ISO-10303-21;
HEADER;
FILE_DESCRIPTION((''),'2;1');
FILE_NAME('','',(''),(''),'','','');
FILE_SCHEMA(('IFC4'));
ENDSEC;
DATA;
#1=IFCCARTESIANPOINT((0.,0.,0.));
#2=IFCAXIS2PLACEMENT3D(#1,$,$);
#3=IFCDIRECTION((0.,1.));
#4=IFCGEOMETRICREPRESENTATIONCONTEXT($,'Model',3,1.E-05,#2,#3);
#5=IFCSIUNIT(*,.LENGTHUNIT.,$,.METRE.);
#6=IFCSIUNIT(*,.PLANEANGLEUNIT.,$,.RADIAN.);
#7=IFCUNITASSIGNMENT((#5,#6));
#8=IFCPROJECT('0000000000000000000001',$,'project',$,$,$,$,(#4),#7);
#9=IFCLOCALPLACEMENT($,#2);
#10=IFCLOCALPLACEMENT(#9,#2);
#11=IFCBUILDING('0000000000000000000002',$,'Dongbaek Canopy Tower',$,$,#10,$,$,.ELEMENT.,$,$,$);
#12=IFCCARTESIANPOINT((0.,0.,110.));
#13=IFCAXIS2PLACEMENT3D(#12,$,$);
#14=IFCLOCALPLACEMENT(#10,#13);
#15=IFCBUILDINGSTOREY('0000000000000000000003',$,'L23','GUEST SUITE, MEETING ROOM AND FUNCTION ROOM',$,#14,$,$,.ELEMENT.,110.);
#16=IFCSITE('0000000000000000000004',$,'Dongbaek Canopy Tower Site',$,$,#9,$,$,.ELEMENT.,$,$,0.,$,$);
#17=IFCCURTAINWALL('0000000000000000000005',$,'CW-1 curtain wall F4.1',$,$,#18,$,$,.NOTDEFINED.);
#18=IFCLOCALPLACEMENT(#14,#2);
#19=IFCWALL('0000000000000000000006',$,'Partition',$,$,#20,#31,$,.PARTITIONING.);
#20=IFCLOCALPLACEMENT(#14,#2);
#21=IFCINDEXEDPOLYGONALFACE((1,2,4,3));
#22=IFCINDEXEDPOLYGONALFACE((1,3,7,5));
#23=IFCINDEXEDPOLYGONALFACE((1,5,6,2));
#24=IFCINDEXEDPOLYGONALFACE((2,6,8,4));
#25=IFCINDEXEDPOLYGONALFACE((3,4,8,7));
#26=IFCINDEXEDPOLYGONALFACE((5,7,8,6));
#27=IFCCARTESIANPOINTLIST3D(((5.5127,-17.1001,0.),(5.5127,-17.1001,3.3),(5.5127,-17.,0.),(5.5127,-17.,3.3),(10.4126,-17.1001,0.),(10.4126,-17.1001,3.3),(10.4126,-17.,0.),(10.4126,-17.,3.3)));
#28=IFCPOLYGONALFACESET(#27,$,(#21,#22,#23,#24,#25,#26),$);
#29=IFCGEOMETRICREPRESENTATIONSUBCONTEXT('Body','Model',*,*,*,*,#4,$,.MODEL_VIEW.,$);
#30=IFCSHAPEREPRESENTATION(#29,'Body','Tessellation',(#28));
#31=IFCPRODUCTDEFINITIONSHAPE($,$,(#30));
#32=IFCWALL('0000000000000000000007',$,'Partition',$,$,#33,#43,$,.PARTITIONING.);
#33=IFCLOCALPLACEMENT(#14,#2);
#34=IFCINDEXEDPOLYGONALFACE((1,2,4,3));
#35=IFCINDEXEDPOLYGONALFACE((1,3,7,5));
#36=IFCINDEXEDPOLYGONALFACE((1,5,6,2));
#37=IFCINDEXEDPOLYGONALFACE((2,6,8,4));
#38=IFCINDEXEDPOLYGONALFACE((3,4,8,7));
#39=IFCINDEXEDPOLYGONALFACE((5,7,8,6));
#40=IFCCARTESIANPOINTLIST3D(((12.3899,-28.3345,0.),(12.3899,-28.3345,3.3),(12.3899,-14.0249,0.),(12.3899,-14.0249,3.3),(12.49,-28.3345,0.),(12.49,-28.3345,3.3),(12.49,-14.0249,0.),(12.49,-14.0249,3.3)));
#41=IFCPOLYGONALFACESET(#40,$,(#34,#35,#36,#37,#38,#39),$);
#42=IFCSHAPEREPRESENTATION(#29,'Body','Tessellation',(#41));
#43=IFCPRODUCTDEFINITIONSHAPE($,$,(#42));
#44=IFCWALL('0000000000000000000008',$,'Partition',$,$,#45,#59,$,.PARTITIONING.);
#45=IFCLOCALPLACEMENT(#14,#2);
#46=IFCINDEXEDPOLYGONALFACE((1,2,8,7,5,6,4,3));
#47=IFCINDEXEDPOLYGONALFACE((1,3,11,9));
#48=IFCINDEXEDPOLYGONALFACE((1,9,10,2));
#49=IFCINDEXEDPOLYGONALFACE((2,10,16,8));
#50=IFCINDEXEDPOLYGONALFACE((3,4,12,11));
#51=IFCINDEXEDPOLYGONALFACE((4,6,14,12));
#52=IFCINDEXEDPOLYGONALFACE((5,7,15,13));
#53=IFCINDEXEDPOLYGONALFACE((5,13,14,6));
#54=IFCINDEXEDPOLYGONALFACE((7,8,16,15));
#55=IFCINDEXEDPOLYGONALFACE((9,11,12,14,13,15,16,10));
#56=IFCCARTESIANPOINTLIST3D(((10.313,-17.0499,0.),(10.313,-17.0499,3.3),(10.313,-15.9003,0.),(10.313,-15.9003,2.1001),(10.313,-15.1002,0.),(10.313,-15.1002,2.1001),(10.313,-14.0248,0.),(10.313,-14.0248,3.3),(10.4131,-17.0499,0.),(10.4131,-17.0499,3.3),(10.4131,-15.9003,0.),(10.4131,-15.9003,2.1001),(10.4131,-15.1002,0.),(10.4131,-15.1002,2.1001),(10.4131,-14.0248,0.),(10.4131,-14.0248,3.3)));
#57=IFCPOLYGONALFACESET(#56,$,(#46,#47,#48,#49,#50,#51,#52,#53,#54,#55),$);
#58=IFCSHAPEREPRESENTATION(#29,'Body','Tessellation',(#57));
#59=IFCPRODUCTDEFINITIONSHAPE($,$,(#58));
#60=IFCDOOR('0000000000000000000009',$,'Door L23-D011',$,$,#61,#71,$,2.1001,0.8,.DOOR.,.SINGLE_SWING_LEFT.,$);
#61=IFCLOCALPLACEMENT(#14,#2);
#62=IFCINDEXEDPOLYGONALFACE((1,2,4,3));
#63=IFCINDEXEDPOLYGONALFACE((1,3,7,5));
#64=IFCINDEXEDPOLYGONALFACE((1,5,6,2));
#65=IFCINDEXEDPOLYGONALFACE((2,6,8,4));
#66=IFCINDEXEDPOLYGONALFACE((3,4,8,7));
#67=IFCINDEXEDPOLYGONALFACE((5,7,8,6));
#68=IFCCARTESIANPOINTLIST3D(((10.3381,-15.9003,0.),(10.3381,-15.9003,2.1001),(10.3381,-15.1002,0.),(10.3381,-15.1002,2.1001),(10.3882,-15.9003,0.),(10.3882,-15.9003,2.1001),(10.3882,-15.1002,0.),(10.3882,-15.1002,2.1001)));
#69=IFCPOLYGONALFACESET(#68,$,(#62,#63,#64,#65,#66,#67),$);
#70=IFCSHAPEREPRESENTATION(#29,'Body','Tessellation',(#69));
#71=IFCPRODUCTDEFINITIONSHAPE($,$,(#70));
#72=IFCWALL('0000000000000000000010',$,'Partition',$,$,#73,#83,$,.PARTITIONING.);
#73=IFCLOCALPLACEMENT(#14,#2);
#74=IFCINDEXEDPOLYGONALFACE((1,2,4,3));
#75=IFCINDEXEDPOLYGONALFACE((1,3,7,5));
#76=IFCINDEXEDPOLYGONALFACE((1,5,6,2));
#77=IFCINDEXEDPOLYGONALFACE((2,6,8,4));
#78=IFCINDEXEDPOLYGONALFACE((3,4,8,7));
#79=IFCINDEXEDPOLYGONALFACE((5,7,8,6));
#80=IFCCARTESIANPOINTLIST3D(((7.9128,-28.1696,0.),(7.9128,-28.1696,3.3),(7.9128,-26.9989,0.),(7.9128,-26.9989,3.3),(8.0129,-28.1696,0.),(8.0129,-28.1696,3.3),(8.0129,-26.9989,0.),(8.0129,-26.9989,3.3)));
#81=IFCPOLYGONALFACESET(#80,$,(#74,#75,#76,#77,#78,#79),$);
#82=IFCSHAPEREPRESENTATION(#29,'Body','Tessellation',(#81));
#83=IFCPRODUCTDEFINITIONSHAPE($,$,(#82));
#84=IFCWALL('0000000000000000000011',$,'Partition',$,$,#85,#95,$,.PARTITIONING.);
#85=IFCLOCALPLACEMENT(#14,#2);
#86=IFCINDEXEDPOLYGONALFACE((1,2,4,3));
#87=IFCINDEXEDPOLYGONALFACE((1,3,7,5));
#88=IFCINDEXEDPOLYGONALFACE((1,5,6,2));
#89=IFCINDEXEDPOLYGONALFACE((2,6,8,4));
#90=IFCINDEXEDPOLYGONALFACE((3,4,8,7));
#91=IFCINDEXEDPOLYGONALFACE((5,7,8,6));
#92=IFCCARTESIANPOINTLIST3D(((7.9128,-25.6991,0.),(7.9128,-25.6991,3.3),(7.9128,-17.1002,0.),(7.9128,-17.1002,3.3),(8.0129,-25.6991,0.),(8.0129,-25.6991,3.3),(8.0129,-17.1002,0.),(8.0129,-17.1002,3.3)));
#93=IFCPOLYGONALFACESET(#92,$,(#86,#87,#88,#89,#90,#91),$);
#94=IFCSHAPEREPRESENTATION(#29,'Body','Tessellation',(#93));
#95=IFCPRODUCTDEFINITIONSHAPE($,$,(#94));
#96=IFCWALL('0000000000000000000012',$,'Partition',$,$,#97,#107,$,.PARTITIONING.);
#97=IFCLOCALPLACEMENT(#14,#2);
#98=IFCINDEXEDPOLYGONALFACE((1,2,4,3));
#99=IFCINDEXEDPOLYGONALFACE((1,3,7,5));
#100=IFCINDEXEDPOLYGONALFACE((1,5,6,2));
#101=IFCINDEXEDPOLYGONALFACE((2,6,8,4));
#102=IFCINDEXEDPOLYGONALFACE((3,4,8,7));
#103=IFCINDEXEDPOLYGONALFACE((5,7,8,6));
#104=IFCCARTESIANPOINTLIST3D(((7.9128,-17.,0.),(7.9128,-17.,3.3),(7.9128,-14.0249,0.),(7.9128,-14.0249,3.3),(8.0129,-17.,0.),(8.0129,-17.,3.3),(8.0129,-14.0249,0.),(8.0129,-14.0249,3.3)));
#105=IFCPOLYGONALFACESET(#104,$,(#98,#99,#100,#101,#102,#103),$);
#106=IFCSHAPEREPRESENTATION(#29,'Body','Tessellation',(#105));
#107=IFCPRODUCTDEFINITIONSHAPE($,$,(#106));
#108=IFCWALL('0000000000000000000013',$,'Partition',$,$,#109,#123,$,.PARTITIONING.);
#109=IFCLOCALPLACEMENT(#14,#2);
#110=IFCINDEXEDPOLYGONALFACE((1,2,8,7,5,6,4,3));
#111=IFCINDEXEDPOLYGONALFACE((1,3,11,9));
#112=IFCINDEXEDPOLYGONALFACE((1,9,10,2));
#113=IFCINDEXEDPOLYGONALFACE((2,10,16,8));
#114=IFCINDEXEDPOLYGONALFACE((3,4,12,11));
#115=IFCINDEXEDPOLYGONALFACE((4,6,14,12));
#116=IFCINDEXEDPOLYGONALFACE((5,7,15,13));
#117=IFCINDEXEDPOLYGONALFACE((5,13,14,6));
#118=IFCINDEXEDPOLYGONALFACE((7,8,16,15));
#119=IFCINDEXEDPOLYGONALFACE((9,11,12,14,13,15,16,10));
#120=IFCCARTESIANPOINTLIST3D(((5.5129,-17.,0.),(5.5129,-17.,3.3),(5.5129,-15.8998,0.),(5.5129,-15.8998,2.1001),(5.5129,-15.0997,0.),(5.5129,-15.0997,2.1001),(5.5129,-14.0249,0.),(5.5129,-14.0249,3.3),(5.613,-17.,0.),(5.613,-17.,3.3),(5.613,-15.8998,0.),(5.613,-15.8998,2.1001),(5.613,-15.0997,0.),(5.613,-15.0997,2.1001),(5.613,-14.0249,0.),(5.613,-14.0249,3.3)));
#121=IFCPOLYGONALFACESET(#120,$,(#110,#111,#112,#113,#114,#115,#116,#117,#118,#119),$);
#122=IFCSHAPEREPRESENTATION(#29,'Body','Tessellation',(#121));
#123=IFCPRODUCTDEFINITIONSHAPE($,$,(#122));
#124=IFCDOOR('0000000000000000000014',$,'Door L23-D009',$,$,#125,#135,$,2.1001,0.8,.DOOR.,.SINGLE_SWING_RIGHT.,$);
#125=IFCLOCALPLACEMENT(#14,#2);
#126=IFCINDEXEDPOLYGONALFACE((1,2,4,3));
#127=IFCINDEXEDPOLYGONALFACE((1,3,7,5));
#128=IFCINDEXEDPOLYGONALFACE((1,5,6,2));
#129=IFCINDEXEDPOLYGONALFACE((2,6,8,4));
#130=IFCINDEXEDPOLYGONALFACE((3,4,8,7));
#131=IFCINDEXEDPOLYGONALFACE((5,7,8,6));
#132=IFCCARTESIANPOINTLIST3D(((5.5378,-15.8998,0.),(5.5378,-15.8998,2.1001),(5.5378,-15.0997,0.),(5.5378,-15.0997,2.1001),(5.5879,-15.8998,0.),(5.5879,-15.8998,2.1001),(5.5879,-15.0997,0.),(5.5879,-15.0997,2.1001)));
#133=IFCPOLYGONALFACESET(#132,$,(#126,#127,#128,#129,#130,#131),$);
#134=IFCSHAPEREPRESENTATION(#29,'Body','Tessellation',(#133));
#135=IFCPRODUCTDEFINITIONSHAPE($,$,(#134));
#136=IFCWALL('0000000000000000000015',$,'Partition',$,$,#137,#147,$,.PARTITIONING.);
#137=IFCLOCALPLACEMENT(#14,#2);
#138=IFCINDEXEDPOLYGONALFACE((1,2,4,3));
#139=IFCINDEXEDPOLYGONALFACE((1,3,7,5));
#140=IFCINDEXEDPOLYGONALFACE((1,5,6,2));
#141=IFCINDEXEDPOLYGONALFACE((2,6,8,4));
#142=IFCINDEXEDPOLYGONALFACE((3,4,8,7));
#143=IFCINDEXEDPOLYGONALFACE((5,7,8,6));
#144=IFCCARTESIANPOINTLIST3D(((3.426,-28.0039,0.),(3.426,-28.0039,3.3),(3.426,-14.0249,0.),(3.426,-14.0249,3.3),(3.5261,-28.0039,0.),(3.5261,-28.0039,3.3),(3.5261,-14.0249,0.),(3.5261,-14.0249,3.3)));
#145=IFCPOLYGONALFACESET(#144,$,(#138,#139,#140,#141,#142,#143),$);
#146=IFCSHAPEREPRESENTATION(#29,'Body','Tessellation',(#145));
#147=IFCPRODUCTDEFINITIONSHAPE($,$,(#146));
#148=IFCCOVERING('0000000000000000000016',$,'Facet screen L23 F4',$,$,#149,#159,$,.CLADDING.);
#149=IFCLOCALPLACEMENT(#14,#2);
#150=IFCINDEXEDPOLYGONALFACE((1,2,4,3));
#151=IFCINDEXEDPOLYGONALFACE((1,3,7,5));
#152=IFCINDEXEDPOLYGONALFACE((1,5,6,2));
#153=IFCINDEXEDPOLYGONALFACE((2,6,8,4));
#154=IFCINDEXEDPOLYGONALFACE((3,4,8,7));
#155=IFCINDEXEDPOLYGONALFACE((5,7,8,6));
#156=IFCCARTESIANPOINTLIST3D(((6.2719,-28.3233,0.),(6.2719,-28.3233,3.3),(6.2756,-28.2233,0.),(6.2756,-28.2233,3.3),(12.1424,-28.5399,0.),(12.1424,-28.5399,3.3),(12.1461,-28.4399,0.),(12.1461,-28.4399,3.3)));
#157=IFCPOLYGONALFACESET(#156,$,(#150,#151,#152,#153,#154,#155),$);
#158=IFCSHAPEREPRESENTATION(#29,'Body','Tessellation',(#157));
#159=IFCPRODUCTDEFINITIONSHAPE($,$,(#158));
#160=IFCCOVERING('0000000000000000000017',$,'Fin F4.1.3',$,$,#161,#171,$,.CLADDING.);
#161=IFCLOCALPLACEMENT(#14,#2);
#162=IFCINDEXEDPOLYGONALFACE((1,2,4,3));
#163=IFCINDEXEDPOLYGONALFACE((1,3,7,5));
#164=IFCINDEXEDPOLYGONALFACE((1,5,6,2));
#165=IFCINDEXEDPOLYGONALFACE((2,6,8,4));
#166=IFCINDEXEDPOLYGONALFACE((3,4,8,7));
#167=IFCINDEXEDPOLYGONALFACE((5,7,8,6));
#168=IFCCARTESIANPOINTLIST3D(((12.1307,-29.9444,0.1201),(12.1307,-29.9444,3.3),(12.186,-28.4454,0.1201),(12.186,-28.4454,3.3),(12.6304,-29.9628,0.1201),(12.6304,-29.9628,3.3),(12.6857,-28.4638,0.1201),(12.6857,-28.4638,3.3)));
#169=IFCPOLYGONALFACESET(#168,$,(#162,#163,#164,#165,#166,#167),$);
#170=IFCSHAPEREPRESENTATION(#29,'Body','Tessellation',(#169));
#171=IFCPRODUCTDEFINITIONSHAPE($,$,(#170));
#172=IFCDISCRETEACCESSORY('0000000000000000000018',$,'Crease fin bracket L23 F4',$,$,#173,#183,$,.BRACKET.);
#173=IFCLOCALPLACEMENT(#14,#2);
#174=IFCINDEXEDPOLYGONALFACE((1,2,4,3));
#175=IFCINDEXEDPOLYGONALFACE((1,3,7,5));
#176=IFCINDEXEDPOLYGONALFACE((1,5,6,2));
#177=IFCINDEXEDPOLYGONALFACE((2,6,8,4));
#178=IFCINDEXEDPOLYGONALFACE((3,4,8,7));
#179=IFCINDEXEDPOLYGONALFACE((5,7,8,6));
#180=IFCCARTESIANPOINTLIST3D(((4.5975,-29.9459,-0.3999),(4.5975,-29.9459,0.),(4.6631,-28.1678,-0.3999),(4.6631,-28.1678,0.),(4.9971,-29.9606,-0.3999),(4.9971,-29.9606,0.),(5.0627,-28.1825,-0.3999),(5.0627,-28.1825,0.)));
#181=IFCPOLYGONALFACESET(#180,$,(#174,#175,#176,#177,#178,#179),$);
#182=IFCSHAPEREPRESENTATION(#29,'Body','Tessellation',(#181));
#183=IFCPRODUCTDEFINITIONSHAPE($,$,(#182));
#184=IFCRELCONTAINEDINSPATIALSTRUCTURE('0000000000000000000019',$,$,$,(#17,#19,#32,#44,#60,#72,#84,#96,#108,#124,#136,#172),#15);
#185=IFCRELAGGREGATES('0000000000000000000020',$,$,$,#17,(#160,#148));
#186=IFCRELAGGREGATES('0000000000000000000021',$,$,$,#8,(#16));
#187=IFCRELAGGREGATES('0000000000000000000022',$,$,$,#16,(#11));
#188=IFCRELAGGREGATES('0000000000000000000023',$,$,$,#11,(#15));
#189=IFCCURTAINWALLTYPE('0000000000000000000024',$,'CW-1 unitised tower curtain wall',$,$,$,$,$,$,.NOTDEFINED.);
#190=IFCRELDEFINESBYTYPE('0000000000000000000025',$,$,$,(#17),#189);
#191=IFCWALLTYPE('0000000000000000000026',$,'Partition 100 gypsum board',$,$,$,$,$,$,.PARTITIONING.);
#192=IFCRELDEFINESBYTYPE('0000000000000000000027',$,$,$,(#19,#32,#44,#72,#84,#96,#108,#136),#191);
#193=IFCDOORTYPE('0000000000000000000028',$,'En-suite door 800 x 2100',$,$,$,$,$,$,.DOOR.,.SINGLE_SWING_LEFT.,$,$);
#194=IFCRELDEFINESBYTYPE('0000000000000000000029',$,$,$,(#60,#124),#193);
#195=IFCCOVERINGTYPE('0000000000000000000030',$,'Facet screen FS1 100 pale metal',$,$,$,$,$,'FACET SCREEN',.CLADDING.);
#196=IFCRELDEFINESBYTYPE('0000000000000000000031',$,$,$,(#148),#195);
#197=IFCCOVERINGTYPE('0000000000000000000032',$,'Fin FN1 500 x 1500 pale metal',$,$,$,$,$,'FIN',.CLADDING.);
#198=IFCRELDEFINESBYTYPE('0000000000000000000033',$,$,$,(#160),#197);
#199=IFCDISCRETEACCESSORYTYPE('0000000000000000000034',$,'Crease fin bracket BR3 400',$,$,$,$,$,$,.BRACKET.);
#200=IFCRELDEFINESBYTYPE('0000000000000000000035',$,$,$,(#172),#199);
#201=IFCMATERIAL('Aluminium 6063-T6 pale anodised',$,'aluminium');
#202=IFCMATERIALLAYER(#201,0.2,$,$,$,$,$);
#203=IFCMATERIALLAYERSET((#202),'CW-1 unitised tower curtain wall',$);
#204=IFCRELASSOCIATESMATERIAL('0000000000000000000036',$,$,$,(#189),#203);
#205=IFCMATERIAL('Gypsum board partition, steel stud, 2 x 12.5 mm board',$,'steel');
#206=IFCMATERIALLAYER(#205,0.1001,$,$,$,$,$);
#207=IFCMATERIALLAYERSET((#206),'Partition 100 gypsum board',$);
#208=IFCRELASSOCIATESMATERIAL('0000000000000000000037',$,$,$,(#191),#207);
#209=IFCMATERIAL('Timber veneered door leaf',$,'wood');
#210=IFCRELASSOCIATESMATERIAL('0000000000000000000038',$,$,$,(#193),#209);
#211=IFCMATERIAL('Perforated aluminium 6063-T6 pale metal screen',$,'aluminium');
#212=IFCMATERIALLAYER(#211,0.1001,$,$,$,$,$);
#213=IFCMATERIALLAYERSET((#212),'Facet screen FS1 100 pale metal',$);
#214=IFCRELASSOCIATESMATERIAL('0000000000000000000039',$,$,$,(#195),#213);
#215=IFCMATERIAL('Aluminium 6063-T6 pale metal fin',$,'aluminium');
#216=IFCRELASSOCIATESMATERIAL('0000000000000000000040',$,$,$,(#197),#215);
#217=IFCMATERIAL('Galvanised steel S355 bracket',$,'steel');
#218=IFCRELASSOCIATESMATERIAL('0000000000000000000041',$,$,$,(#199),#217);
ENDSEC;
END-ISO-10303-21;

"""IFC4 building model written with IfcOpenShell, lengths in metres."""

from ifc_helpers import new_model, si_unit, direction, frame, frame_2d, origin, origin_2d, place, context, subcontext, project, spatial, rectangle, extrude, material, layer, layer_set, material_profile, profile_set, type_object, element, fill, aggregate, save


model = new_model("IFC4")

# Units and contexts
model_context = context("Model", 3, precision=1e-05, world=origin(), true_north=direction((0.0, 1.0)))
body_context = subcontext(model_context, "Body", "Model", "MODEL_VIEW")
ifc_project = project(units=[si_unit("LENGTHUNIT", "METRE"), si_unit("PLANEANGLEUNIT", "RADIAN")], contexts=[model_context])

# Site, building, storey
site_placement = place(None, origin())
site = spatial("IfcSite", under=ifc_project, at=site_placement, Name="Dongbaek Canopy Tower Site", CompositionType="ELEMENT", RefElevation=0.0)
building_placement = place(site_placement, origin())
building = spatial("IfcBuilding", under=site, at=building_placement, Name="Dongbaek Canopy Tower", CompositionType="ELEMENT")
storey_placement = place(building_placement, frame((0.0, 0.0, 110.0)))
storey = spatial("IfcBuildingStorey", under=building, at=storey_placement, Name="L23", Description="GUEST SUITE, MEETING ROOM AND FUNCTION ROOM", CompositionType="ELEMENT", Elevation=110.0)

# Curtain wall
ifc_material_1 = material(Name="Aluminium 6063-T6 pale anodised", Category="aluminium")
ifc_layer_1 = layer(ifc_material_1, 0.2)
ifc_layer_set_1 = layer_set([ifc_layer_1], Name="CW-1 unitised tower curtain wall")
curtain_wall_type = type_object("IfcCurtainWallType", Name="CW-1 unitised tower curtain wall", PredefinedType="NOTDEFINED", material=ifc_layer_set_1)
curtain_wall_1_placement = place(storey_placement, origin())
curtain_wall_1 = element("IfcCurtainWall", 1, at=curtain_wall_1_placement, inside=storey, type_object=curtain_wall_type, Name="CW-1 curtain wall F4.1", PredefinedType="NOTDEFINED")

# Walls
ifc_material_2 = material(Name="Gypsum board partition, steel stud, 2 x 12.5 mm board", Category="steel")
ifc_layer_2 = layer(ifc_material_2, 0.1001)
ifc_layer_set_2 = layer_set([ifc_layer_2], Name="Partition 100 gypsum board")
wall_type = type_object("IfcWallType", Name="Partition 100 gypsum board", PredefinedType="PARTITIONING", material=ifc_layer_set_2)
wall_1_placement = place(storey_placement, frame((5.5127, -17.05, 0.0), z_axis=(0.0, 0.0, 1.0), x_axis=(1.0, 0.0, 0.0)))
element("IfcWall", 2, at=wall_1_placement, inside=storey, type_object=wall_type, Name="Partition", PredefinedType="PARTITIONING", context=body_context, shape_type="SweptSolid", body=[
    extrude(rectangle(XDim=4.8999, YDim=0.1001, at=frame_2d((2.45, 0.0))), origin(), (0.0, 0.0, 1.0), 3.3),
])
wall_2_placement = place(storey_placement, frame((12.4399, -28.3345, 0.0), z_axis=(0.0, 0.0, 1.0), x_axis=(0.0, 1.0, 0.0)))
element("IfcWall", 3, at=wall_2_placement, inside=storey, type_object=wall_type, Name="Partition", PredefinedType="PARTITIONING", context=body_context, shape_type="SweptSolid", body=[
    extrude(rectangle(XDim=14.3096, YDim=0.1001, at=frame_2d((7.1548, 0.0))), origin(), (0.0, 0.0, 1.0), 3.3),
])

# Wall, opening, door
wall_3_placement = place(storey_placement, frame((10.363, -17.05, 0.0), z_axis=(0.0, 0.0, 1.0), x_axis=(0.0, 1.0, 0.0)))
wall_3 = element("IfcWall", 4, at=wall_3_placement, inside=storey, type_object=wall_type, Name="Partition", PredefinedType="PARTITIONING", context=body_context, shape_type="SweptSolid", body=[
    extrude(rectangle(XDim=3.0251, YDim=0.1001, at=frame_2d((1.5127, 0.0))), origin(), (0.0, 0.0, 1.0), 3.3),
])
opening_1_placement = place(wall_3_placement, frame((1.1499, 0.0, 0.0)))
opening_1 = element("IfcOpeningElement", 5, at=opening_1_placement, cuts=wall_3, PredefinedType="OPENING", context=body_context, shape_type="SweptSolid", body=[
    extrude(rectangle(XDim=0.8, YDim=2.1001, at=frame_2d((0.3999, 1.05))), frame((0.0, 0.0601, 0.0), z_axis=(0.0, -1.0, 0.0), x_axis=(1.0, 0.0, 0.0)), (0.0, 0.0, 1.0), 0.1201),
])
ifc_material_3 = material(Name="Timber veneered door leaf", Category="wood")
door_type = type_object("IfcDoorType", Name="En-suite door 800 x 2100", OperationType="SINGLE_SWING_LEFT", PredefinedType="DOOR", material=ifc_material_3)
door_1_placement = place(opening_1_placement, origin())
door_1 = element("IfcDoor", 6, at=door_1_placement, inside=storey, type_object=door_type, Name="Door L23-D011", OperationType="SINGLE_SWING_LEFT", OverallHeight=2.1001, OverallWidth=0.8, PredefinedType="DOOR", context=body_context, shape_type="SweptSolid", body=[
    extrude(rectangle(XDim=0.8, YDim=2.1001, at=frame_2d((0.3999, 1.05))), frame((0.0, 0.0249, 0.0), z_axis=(0.0, -1.0, 0.0), x_axis=(1.0, 0.0, 0.0)), (0.0, 0.0, 1.0), 0.05),
])
fill(opening_1, door_1)

# Walls
wall_4_placement = place(storey_placement, frame((7.9629, -28.1697, 0.0), z_axis=(0.0, 0.0, 1.0), x_axis=(0.0, 1.0, 0.0)))
element("IfcWall", 7, at=wall_4_placement, inside=storey, type_object=wall_type, Name="Partition", PredefinedType="PARTITIONING", context=body_context, shape_type="SweptSolid", body=[
    extrude(rectangle(XDim=1.1707, YDim=0.1001, at=frame_2d((0.5854, 0.0))), origin(), (0.0, 0.0, 1.0), 3.3),
])
wall_5_placement = place(storey_placement, frame((7.9629, -25.699, 0.0), z_axis=(0.0, 0.0, 1.0), x_axis=(0.0, 1.0, 0.0)))
element("IfcWall", 8, at=wall_5_placement, inside=storey, type_object=wall_type, Name="Partition", PredefinedType="PARTITIONING", context=body_context, shape_type="SweptSolid", body=[
    extrude(rectangle(XDim=8.5989, YDim=0.1001, at=frame_2d((4.2993, 0.0))), origin(), (0.0, 0.0, 1.0), 3.3),
])
wall_6_placement = place(storey_placement, frame((7.9629, -17.0, 0.0), z_axis=(0.0, 0.0, 1.0), x_axis=(0.0, 1.0, 0.0)))
element("IfcWall", 9, at=wall_6_placement, inside=storey, type_object=wall_type, Name="Partition", PredefinedType="PARTITIONING", context=body_context, shape_type="SweptSolid", body=[
    extrude(rectangle(XDim=2.9751, YDim=0.1001, at=frame_2d((1.4875, 0.0))), origin(), (0.0, 0.0, 1.0), 3.3),
])

# Wall, opening, door
wall_7_placement = place(storey_placement, frame((5.563, -14.0249, 0.0), z_axis=(0.0, 0.0, 1.0), x_axis=(0.0, -1.0, 0.0)))
wall_7 = element("IfcWall", 10, at=wall_7_placement, inside=storey, type_object=wall_type, Name="Partition", PredefinedType="PARTITIONING", context=body_context, shape_type="SweptSolid", body=[
    extrude(rectangle(XDim=2.9751, YDim=0.1001, at=frame_2d((1.4875, 0.0))), origin(), (0.0, 0.0, 1.0), 3.3),
])
opening_2_placement = place(wall_7_placement, frame((1.075, 0.0, 0.0)))
opening_2 = element("IfcOpeningElement", 11, at=opening_2_placement, cuts=wall_7, PredefinedType="OPENING", context=body_context, shape_type="SweptSolid", body=[
    extrude(rectangle(XDim=0.8, YDim=2.1001, at=frame_2d((0.3999, 1.05))), frame((0.0, 0.0601, 0.0), z_axis=(0.0, -1.0, 0.0), x_axis=(1.0, 0.0, 0.0)), (0.0, 0.0, 1.0), 0.1201),
])
door_2_placement = place(opening_2_placement, origin())
door_2 = element("IfcDoor", 12, at=door_2_placement, inside=storey, type_object=door_type, Name="Door L23-D009", OperationType="SINGLE_SWING_RIGHT", OverallHeight=2.1001, OverallWidth=0.8, PredefinedType="DOOR", context=body_context, shape_type="SweptSolid", body=[
    extrude(rectangle(XDim=0.8, YDim=2.1001, at=frame_2d((0.3999, 1.05))), frame((0.0, 0.0249, 0.0), z_axis=(0.0, -1.0, 0.0), x_axis=(1.0, 0.0, 0.0)), (0.0, 0.0, 1.0), 0.05),
])
fill(opening_2, door_2)

# Wall
wall_8_placement = place(storey_placement, frame((3.4761, -28.0039, 0.0), z_axis=(0.0, 0.0, 1.0), x_axis=(0.0, 1.0, 0.0)))
element("IfcWall", 13, at=wall_8_placement, inside=storey, type_object=wall_type, Name="Partition", PredefinedType="PARTITIONING", context=body_context, shape_type="SweptSolid", body=[
    extrude(rectangle(XDim=13.979, YDim=0.1001, at=frame_2d((6.9895, 0.0))), origin(), (0.0, 0.0, 1.0), 3.3),
])

# Coverings
ifc_material_4 = material(Name="Perforated aluminium 6063-T6 pale metal screen", Category="aluminium")
ifc_layer_3 = layer(ifc_material_4, 0.1001)
ifc_layer_set_3 = layer_set([ifc_layer_3], Name="Facet screen FS1 100 pale metal")
covering_type_1 = type_object("IfcCoveringType", Name="Facet screen FS1 100 pale metal", ElementType="FACET SCREEN", PredefinedType="CLADDING", material=ifc_layer_set_3)
covering_1_placement = place(storey_placement, frame((9.209, -28.3816, 0.0), z_axis=(0.0, 0.0, 1.0), x_axis=(0.99932, -0.036872, 0.0)))
covering_1 = element("IfcCovering", 14, at=covering_1_placement, type_object=covering_type_1, Name="Facet screen L23 F4", PredefinedType="CLADDING", context=body_context, shape_type="SweptSolid", body=[
    extrude(rectangle(XDim=5.8745, YDim=0.1001, at=origin_2d()), origin(), (0.0, 0.0, 1.0), 3.3),
])
ifc_material_5 = material(Name="Aluminium 6063-T6 pale metal fin", Category="aluminium")
ifc_material_profile_1 = material_profile(ifc_material_5, rectangle(XDim=1.5, YDim=0.5, at=origin_2d()), Name="Fin FN1 500 x 1500 pale metal")
ifc_profile_set_1 = profile_set([ifc_material_profile_1], Name="Aluminium 6063-T6 pale metal fin")
covering_type_2 = type_object("IfcCoveringType", Name="Fin FN1 500 x 1500 pale metal", ElementType="FIN", PredefinedType="CLADDING", material=ifc_profile_set_1)
covering_2_placement = place(storey_placement, frame((12.4082, -29.2041, 0.1201), z_axis=(0.0, 0.0, 1.0), x_axis=(-0.036873, -0.99932, 0.0)))
covering_2 = element("IfcCovering", 15, at=covering_2_placement, type_object=covering_type_2, Name="Fin F4.1.3", PredefinedType="CLADDING", context=body_context, shape_type="SweptSolid", body=[
    extrude(rectangle(XDim=1.5, YDim=0.5, at=origin_2d()), origin(), (0.0, 0.0, 1.0), 3.1799),
])
aggregate(curtain_wall_1, [covering_2, covering_1])

# Discrete accessory
ifc_material_6 = material(Name="Galvanised steel S355 bracket", Category="steel")
discrete_accessory_type = type_object("IfcDiscreteAccessoryType", Name="Crease fin bracket BR3 400", PredefinedType="BRACKET", material=ifc_material_6)
discrete_accessory_placement = place(storey_placement, frame((4.8301, -29.0642, -0.3999), z_axis=(0.0, 0.0, 1.0), x_axis=(-0.036872, -0.99932, 0.0)))
element("IfcDiscreteAccessory", 16, at=discrete_accessory_placement, inside=storey, type_object=discrete_accessory_type, Name="Crease fin bracket L23 F4", PredefinedType="BRACKET", context=body_context, shape_type="SweptSolid", body=[
    extrude(rectangle(XDim=1.7793, YDim=0.3999, at=origin_2d()), origin(), (0.0, 0.0, 1.0), 0.3999),
])

save(model, "model.ifc")
